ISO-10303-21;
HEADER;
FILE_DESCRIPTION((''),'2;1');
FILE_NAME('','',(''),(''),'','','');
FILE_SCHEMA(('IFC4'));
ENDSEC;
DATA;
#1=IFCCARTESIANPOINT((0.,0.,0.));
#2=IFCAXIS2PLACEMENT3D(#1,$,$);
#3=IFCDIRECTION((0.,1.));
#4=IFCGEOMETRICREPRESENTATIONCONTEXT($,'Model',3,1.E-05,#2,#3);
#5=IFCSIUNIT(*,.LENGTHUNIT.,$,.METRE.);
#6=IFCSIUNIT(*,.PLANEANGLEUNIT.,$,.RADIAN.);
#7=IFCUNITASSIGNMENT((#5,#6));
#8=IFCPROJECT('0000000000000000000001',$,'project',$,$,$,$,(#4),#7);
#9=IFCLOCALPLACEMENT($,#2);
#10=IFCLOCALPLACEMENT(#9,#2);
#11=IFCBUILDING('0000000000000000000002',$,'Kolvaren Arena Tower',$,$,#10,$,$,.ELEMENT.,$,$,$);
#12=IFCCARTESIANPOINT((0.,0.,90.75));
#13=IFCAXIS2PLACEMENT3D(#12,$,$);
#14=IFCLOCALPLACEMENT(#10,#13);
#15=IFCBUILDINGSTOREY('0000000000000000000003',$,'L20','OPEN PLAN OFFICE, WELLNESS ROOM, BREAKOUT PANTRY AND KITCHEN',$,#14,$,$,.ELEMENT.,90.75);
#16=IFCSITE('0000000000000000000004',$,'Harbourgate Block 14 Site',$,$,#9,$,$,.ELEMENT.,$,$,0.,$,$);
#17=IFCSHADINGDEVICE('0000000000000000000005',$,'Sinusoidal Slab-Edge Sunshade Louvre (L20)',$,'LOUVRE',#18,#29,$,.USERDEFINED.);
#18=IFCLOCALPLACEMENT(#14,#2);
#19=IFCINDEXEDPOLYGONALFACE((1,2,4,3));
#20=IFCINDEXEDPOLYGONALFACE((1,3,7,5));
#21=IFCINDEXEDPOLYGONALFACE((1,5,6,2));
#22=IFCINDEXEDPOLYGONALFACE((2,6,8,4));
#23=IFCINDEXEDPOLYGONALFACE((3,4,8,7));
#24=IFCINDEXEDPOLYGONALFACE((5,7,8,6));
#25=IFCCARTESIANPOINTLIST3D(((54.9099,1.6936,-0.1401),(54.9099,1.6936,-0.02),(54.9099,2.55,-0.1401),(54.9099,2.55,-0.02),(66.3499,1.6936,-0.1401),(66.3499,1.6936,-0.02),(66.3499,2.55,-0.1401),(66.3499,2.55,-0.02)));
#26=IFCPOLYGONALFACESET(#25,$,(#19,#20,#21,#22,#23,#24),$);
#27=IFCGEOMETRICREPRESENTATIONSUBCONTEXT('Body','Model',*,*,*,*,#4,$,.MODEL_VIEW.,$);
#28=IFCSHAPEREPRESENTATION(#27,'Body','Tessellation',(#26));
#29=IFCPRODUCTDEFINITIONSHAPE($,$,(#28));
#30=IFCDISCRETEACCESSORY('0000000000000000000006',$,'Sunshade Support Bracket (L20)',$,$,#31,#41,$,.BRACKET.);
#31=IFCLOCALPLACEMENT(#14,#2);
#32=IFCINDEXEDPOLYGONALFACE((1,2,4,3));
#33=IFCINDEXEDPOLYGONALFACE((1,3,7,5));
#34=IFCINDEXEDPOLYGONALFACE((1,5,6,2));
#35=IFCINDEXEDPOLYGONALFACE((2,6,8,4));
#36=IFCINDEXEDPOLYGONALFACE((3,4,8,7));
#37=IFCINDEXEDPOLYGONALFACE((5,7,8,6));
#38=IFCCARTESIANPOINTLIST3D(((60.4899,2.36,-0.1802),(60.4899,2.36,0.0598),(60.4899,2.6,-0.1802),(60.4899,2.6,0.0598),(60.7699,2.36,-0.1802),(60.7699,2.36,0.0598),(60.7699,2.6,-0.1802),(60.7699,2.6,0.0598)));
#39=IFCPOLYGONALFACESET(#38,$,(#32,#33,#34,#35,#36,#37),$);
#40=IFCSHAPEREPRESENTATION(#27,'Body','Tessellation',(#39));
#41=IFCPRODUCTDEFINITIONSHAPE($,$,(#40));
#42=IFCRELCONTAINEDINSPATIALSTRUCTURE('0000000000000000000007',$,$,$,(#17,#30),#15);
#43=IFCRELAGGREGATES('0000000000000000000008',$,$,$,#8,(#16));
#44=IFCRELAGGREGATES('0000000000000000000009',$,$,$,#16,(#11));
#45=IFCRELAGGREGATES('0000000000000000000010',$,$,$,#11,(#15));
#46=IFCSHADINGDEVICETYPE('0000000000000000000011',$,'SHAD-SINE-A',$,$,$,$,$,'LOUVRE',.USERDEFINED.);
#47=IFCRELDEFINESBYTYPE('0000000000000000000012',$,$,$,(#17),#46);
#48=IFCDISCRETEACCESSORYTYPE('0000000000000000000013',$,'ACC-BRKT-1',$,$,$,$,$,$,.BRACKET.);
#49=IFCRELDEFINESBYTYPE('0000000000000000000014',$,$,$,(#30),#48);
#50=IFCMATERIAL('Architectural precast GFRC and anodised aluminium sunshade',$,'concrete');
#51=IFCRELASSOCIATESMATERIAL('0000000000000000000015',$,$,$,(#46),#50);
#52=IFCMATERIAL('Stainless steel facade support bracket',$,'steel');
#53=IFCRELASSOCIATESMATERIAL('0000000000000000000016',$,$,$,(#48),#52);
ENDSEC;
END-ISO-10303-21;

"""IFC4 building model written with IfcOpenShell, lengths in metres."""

from ifc_helpers import new_model, si_unit, direction, frame, origin, origin_2d, place, context, subcontext, project, spatial, rectangle, extrude, material, type_object, element, save


model = new_model("IFC4")

# Units and contexts
model_context = context("Model", 3, precision=1e-05, world=origin(), true_north=direction((0.0, 1.0)))
body_context = subcontext(model_context, "Body", "Model", "MODEL_VIEW")
ifc_project = project(units=[si_unit("LENGTHUNIT", "METRE"), si_unit("PLANEANGLEUNIT", "RADIAN")], contexts=[model_context])

# Site, building, storey
site_placement = place(None, origin())
site = spatial("IfcSite", under=ifc_project, at=site_placement, Name="Harbourgate Block 14 Site", CompositionType="ELEMENT", RefElevation=0.0)
building_placement = place(site_placement, origin())
building = spatial("IfcBuilding", under=site, at=building_placement, Name="Kolvaren Arena Tower", CompositionType="ELEMENT")
storey_placement = place(building_placement, frame((0.0, 0.0, 90.75)))
storey = spatial("IfcBuildingStorey", under=building, at=storey_placement, Name="L20", Description="OPEN PLAN OFFICE, WELLNESS ROOM, BREAKOUT PANTRY AND KITCHEN", CompositionType="ELEMENT", Elevation=90.75)

# Shading device
ifc_material_1 = material(Name="Architectural precast GFRC and anodised aluminium sunshade", Category="concrete")
shading_device_type = type_object("IfcShadingDeviceType", Name="SHAD-SINE-A", ElementType="LOUVRE", PredefinedType="USERDEFINED", material=ifc_material_1)
shading_device_placement = place(storey_placement, frame((60.6299, 2.1218, -0.1401), z_axis=(0.0, 0.0, 1.0), x_axis=(-1.0, 0.0, 0.0)))
element("IfcShadingDevice", 1, at=shading_device_placement, inside=storey, type_object=shading_device_type, Name="Sinusoidal Slab-Edge Sunshade Louvre (L20)", ObjectType="LOUVRE", PredefinedType="USERDEFINED", context=body_context, shape_type="SweptSolid", body=[
    extrude(rectangle(XDim=11.4399, YDim=0.8564, at=origin_2d()), origin(), (0.0, 0.0, 1.0), 0.1201),
])

# Discrete accessory
ifc_material_2 = material(Name="Stainless steel facade support bracket", Category="steel")
discrete_accessory_type = type_object("IfcDiscreteAccessoryType", Name="ACC-BRKT-1", PredefinedType="BRACKET", material=ifc_material_2)
discrete_accessory_placement = place(storey_placement, frame((60.6299, 2.48, -0.1802), z_axis=(0.0, 0.0, 1.0), x_axis=(-1.0, 0.0, 0.0)))
element("IfcDiscreteAccessory", 2, at=discrete_accessory_placement, inside=storey, type_object=discrete_accessory_type, Name="Sunshade Support Bracket (L20)", PredefinedType="BRACKET", context=body_context, shape_type="SweptSolid", body=[
    extrude(rectangle(XDim=0.28, YDim=0.24, at=origin_2d()), origin(), (0.0, 0.0, 1.0), 0.24),
])

save(model, "model.ifc")
